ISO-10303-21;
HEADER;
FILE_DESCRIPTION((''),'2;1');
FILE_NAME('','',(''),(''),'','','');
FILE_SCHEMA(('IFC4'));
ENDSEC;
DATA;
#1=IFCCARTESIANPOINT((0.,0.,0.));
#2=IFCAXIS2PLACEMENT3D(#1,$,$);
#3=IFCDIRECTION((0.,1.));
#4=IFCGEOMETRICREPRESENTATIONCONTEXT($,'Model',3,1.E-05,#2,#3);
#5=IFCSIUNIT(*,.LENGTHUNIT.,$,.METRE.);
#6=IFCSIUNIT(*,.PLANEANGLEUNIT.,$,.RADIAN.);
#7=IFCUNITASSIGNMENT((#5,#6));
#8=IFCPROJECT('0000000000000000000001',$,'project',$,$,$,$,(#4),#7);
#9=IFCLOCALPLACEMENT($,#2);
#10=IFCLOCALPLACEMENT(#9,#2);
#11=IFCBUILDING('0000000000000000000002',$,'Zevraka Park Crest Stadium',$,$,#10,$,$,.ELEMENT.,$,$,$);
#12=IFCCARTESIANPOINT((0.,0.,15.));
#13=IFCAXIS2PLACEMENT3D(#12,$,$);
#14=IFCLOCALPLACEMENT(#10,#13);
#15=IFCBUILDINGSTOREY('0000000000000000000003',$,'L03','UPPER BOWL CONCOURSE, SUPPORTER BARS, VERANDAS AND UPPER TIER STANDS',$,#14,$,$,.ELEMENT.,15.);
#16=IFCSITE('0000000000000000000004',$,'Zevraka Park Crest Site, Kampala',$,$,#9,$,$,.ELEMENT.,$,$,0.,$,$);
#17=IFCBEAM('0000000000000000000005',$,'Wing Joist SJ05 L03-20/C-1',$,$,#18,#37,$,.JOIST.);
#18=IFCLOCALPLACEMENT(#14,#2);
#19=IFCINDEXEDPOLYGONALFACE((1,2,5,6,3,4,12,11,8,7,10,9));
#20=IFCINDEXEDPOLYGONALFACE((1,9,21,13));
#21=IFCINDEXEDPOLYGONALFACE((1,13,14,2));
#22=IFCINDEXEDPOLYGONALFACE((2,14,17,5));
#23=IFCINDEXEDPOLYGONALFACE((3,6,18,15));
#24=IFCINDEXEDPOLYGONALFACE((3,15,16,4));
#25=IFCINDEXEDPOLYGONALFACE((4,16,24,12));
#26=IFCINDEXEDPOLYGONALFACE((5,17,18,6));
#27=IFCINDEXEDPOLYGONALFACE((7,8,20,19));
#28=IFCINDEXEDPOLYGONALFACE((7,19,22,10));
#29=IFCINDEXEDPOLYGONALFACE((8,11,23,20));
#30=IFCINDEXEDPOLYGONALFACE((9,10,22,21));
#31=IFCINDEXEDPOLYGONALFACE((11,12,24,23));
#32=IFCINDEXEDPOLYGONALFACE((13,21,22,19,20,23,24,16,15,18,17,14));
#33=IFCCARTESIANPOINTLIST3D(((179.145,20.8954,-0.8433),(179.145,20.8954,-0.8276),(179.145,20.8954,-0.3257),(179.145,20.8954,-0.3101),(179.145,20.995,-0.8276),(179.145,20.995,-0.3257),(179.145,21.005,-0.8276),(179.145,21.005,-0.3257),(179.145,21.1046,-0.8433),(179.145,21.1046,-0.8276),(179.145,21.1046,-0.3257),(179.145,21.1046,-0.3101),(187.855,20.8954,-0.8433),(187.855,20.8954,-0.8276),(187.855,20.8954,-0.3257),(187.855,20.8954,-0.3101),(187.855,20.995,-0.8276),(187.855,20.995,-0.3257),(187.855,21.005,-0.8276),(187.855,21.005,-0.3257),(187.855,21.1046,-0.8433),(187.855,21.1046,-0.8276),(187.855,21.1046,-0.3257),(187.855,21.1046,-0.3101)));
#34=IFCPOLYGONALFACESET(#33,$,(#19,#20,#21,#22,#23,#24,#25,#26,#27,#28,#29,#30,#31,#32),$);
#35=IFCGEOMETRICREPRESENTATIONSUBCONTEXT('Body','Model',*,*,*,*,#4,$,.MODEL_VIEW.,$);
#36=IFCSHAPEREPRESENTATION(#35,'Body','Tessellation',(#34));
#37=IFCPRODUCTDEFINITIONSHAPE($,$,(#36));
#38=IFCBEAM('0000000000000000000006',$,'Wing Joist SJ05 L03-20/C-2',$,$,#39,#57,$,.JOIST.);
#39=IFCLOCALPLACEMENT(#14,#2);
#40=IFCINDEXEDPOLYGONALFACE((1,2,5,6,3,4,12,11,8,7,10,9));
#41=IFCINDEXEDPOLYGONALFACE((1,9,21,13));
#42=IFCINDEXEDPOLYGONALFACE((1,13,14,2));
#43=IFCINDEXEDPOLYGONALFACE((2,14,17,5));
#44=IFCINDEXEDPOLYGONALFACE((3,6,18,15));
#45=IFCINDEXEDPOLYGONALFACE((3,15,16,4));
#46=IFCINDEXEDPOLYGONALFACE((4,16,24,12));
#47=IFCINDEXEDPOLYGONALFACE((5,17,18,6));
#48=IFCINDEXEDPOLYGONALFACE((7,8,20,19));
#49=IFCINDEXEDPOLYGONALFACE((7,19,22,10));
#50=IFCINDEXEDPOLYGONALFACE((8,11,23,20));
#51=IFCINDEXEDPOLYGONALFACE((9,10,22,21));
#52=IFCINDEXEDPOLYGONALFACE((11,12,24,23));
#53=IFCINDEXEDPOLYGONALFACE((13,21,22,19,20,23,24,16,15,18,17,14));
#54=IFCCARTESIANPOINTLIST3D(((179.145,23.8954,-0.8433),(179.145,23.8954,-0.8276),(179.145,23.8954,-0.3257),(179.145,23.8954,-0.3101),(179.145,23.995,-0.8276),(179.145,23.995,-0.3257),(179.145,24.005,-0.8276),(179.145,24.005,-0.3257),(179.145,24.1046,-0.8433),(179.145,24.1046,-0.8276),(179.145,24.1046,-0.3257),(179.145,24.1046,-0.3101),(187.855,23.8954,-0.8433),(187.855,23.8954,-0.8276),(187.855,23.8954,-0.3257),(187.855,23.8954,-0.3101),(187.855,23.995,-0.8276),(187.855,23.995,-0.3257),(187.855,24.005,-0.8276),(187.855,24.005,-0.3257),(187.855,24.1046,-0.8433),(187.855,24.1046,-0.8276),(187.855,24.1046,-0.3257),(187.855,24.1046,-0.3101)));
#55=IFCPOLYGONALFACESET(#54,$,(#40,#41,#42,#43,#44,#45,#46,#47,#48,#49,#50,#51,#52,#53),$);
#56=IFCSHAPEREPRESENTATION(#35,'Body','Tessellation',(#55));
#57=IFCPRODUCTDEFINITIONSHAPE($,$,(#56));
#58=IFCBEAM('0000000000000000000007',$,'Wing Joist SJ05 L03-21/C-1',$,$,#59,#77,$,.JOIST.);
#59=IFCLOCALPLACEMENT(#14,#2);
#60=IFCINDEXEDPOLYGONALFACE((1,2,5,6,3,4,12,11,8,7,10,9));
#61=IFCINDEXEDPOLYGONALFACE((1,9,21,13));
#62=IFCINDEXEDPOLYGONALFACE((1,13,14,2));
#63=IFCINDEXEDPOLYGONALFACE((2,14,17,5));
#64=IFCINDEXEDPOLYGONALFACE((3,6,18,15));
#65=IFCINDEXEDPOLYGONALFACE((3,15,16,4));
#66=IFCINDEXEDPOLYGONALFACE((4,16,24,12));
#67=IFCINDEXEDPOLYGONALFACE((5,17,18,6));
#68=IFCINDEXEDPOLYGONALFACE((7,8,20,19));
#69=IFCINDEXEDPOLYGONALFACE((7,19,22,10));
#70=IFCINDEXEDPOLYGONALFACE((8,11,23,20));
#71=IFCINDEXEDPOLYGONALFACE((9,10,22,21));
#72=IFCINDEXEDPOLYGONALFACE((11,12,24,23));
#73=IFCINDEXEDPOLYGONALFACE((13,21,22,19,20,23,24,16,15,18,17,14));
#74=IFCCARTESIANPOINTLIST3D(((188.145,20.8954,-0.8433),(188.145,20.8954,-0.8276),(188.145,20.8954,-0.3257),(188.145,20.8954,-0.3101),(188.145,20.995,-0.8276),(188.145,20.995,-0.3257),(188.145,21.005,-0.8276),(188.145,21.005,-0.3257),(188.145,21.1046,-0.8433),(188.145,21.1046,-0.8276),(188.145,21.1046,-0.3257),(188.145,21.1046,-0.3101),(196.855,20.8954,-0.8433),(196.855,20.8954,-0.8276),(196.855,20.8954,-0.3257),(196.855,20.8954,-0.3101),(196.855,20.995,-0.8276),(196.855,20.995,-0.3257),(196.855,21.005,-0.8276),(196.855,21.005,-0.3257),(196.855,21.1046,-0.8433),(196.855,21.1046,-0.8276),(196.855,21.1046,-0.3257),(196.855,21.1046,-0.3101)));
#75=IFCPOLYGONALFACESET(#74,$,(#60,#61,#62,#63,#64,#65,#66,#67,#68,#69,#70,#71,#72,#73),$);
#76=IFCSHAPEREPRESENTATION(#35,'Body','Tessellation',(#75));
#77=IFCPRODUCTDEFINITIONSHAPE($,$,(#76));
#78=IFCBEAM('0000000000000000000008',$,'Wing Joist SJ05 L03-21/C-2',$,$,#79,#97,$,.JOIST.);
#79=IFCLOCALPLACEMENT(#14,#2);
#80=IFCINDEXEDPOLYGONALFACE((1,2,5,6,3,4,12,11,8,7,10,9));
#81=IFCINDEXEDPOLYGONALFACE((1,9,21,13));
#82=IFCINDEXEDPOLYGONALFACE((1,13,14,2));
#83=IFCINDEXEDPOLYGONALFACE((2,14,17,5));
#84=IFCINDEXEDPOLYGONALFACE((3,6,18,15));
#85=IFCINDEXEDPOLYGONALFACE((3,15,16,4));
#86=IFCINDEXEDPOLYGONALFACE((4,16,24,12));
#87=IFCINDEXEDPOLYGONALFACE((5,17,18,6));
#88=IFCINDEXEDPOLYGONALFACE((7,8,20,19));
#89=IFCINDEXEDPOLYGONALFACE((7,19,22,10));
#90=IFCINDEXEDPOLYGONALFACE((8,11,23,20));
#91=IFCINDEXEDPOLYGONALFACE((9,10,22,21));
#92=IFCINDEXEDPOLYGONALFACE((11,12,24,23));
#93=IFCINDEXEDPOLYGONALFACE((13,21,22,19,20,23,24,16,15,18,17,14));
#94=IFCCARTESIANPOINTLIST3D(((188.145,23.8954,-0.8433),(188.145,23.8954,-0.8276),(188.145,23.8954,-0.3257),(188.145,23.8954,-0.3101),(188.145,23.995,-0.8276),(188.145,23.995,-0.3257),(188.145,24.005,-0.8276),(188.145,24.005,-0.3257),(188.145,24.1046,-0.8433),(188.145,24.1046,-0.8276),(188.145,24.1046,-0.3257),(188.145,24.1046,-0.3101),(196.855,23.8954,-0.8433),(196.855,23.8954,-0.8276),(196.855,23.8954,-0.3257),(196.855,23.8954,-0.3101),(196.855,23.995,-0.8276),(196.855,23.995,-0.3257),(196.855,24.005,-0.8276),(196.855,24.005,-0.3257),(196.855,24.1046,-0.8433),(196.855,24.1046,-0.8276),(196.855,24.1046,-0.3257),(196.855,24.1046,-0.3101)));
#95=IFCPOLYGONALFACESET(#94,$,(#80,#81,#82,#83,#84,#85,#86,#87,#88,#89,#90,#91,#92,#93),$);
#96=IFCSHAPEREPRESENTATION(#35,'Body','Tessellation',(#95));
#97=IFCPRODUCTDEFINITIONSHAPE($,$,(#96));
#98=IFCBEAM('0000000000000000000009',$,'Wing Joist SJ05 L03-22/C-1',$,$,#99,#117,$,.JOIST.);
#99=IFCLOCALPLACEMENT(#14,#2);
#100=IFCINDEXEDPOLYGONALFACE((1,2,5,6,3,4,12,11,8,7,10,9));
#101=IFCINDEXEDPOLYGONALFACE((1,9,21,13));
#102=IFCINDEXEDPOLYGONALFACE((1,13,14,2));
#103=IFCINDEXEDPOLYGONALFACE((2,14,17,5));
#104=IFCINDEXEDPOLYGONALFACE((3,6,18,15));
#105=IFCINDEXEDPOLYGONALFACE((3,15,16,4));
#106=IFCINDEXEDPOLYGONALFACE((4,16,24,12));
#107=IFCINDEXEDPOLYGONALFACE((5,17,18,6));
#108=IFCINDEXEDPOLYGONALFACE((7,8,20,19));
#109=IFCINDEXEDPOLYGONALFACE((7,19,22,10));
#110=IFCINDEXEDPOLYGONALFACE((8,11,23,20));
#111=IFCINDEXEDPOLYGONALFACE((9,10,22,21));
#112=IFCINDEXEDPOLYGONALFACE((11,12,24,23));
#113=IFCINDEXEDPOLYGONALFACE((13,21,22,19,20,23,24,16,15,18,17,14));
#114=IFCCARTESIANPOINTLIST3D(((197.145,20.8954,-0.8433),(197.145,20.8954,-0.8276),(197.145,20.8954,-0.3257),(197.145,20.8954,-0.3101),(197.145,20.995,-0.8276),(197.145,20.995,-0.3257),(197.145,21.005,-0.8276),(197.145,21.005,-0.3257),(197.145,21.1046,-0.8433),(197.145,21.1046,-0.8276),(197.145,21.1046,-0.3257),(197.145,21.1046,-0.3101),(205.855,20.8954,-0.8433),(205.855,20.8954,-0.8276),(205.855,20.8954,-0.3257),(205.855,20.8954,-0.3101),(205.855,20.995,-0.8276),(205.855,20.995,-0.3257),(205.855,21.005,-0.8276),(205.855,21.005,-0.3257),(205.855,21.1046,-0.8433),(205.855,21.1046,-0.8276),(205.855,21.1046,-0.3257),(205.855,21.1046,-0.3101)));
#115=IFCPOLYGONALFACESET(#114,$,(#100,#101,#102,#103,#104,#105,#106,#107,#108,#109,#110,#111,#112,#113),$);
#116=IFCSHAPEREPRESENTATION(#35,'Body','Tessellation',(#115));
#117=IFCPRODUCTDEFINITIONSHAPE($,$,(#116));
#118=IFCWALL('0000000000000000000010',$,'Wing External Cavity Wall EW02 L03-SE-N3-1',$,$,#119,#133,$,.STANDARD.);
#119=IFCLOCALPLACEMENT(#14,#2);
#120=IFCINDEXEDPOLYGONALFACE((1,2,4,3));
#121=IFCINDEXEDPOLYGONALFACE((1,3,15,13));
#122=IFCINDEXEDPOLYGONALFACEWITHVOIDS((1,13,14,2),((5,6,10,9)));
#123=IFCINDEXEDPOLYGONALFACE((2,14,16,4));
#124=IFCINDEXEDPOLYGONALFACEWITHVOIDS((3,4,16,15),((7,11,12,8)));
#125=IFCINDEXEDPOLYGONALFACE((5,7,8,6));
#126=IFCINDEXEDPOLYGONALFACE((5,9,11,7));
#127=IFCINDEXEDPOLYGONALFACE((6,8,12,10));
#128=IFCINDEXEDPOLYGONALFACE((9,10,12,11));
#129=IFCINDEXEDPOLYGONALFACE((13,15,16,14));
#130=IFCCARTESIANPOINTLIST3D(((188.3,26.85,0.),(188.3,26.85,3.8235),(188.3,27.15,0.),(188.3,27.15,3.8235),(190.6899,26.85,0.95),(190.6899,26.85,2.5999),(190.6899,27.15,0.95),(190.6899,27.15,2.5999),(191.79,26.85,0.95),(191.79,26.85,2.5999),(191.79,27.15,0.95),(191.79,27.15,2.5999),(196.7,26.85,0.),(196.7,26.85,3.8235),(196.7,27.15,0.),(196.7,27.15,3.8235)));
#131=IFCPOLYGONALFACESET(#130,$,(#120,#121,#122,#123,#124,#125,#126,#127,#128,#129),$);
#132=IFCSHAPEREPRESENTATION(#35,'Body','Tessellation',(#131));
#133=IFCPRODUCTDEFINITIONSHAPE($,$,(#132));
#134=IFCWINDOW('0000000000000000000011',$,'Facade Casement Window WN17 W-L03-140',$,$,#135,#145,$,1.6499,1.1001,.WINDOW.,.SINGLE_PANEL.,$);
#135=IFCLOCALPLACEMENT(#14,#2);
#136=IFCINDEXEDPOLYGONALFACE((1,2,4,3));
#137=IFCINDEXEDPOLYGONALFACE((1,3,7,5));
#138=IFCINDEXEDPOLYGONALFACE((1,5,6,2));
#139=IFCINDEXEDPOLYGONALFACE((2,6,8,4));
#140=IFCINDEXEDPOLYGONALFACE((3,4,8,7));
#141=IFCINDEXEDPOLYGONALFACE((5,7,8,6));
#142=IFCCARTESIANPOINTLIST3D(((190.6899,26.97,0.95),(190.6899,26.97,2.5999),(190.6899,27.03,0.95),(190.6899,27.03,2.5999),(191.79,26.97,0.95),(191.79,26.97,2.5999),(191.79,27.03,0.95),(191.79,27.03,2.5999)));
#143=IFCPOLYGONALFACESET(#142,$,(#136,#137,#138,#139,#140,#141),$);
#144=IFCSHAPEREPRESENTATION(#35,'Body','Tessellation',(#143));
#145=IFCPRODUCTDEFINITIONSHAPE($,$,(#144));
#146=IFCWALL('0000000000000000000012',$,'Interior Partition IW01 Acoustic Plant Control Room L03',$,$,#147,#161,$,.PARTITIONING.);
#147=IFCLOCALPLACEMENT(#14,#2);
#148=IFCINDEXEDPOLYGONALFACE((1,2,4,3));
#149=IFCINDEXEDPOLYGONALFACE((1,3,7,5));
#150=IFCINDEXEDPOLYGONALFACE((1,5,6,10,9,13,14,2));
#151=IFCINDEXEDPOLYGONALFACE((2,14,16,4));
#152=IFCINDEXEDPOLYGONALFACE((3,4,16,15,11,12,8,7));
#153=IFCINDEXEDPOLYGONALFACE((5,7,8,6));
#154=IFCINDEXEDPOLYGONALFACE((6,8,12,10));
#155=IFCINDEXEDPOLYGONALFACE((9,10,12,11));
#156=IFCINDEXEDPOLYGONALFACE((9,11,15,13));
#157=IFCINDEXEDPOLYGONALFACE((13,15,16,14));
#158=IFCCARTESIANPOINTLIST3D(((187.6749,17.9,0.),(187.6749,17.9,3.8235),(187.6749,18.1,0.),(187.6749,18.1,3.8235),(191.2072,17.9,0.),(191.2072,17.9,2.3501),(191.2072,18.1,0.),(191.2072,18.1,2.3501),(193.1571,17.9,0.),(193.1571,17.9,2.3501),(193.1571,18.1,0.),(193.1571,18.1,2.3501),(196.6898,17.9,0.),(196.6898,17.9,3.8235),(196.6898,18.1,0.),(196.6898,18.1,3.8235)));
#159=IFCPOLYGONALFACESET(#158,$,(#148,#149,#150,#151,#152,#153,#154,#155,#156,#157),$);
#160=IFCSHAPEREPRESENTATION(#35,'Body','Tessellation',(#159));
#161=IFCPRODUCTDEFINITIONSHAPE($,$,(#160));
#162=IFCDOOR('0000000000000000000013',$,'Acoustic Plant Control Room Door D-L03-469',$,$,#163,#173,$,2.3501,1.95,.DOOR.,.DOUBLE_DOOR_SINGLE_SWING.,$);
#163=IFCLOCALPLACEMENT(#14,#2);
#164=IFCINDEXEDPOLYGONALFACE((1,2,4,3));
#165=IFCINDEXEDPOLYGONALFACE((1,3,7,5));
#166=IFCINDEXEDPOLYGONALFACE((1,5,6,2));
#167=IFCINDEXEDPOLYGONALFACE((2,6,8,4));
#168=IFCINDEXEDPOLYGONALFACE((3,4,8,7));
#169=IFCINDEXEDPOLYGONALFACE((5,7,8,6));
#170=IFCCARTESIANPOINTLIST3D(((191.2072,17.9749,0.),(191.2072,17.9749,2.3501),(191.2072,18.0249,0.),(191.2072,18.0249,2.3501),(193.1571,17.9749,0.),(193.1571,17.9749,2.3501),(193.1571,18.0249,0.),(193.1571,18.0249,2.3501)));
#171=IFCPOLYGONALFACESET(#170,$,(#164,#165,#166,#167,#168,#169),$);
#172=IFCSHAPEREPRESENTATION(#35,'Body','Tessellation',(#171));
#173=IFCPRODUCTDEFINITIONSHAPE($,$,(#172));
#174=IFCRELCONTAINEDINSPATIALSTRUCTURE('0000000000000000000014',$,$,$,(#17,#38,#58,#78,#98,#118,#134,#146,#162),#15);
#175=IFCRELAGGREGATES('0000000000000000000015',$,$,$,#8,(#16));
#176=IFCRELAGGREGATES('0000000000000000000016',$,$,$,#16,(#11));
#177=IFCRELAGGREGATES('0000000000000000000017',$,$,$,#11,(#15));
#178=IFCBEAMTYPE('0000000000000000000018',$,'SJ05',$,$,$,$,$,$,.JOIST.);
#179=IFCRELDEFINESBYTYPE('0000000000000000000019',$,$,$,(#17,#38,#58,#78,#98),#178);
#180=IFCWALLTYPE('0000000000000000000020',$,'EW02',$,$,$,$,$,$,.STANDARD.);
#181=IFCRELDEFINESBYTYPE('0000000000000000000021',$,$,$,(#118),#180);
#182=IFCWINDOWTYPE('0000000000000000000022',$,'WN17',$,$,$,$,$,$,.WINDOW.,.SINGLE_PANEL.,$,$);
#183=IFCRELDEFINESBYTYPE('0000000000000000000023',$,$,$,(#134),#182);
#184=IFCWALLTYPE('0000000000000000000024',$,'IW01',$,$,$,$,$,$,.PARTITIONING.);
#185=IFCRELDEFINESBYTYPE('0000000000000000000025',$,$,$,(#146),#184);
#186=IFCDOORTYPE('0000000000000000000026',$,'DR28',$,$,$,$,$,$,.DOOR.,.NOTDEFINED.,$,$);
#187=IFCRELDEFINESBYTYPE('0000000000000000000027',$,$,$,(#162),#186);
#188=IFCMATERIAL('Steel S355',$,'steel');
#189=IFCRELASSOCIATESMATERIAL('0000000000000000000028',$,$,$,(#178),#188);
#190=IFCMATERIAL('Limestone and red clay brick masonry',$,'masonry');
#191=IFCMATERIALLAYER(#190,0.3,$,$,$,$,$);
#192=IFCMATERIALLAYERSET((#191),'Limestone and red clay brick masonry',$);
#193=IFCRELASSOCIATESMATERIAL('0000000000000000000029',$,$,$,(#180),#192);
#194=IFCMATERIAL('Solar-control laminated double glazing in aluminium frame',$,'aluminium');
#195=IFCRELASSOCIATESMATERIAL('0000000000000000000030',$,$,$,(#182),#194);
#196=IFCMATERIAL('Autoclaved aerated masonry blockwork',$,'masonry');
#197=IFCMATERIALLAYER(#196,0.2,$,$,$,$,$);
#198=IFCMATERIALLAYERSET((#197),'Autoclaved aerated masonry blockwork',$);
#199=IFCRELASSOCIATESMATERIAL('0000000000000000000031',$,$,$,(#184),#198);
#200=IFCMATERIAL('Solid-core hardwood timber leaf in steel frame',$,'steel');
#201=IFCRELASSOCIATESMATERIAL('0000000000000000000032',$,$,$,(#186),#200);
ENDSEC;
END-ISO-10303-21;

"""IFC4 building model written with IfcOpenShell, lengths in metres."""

from ifc_helpers import new_model, si_unit, direction, frame, frame_2d, origin, origin_2d, place, context, subcontext, project, spatial, rectangle, i_section, extrude, material, layer, layer_set, material_profile, profile_set, type_object, element, fill, save


model = new_model("IFC4")

# Units and contexts
model_context = context("Model", 3, precision=1e-05, world=origin(), true_north=direction((0.0, 1.0)))
body_context = subcontext(model_context, "Body", "Model", "MODEL_VIEW")
ifc_project = project(units=[si_unit("LENGTHUNIT", "METRE"), si_unit("PLANEANGLEUNIT", "RADIAN")], contexts=[model_context])

# Site, building, storey
site_placement = place(None, origin())
site = spatial("IfcSite", under=ifc_project, at=site_placement, Name="Zevraka Park Crest Site, Kampala", CompositionType="ELEMENT", RefElevation=0.0)
building_placement = place(site_placement, origin())
building = spatial("IfcBuilding", under=site, at=building_placement, Name="Zevraka Park Crest Stadium", CompositionType="ELEMENT")
storey_placement = place(building_placement, frame((0.0, 0.0, 15.0)))
storey = spatial("IfcBuildingStorey", under=building, at=storey_placement, Name="L03", Description="UPPER BOWL CONCOURSE, SUPPORTER BARS, VERANDAS AND UPPER TIER STANDS", CompositionType="ELEMENT", Elevation=15.0)

# Beams
ifc_material_1 = material(Name="Steel S355", Category="steel")
ifc_material_profile_1 = material_profile(ifc_material_1, i_section(OverallWidth=0.2092, OverallDepth=0.5332, WebThickness=0.01, FlangeThickness=0.0156, at=origin_2d()), Name="UKB 533x210x92")
ifc_profile_set_1 = profile_set([ifc_material_profile_1], Name="Steel S355")
beam_type_1 = type_object("IfcBeamType", Name="SJ05", PredefinedType="JOIST", material=ifc_profile_set_1)
for number, where, z_axis, x_axis, name in (
    (1, (179.145, 21.0, -0.5767), (1.0, 0.0, 0.0), (0.0, 1.0, 0.0), "Wing Joist SJ05 L03-20/C-1"),
    (2, (179.145, 24.0, -0.5767), (1.0, 0.0, 0.0), (0.0, 1.0, 0.0), "Wing Joist SJ05 L03-20/C-2"),
    (3, (188.145, 21.0, -0.5767), (1.0, 0.0, 0.0), (0.0, 1.0, 0.0), "Wing Joist SJ05 L03-21/C-1"),
    (4, (188.145, 24.0, -0.5767), (1.0, 0.0, 0.0), (0.0, 1.0, 0.0), "Wing Joist SJ05 L03-21/C-2"),
    (5, (197.145, 21.0, -0.5767), (1.0, 0.0, 0.0), (0.0, 1.0, 0.0), "Wing Joist SJ05 L03-22/C-1"),
):
    element("IfcBeam", number, at=place(storey_placement, frame(where, z_axis=z_axis, x_axis=x_axis)), inside=storey, type_object=beam_type_1, Name=name, PredefinedType="JOIST", context=body_context, shape_type="SweptSolid", body=[
        extrude(i_section(OverallWidth=0.2092, OverallDepth=0.5332, WebThickness=0.01, FlangeThickness=0.0156, at=origin_2d()), origin(), (0.0, 0.0, 1.0), 8.71),
    ])

# Wall, opening, window
ifc_material_2 = material(Name="Limestone and red clay brick masonry", Category="masonry")
ifc_layer_1 = layer(ifc_material_2, 0.3)
ifc_layer_set_1 = layer_set([ifc_layer_1], Name="Limestone and red clay brick masonry")
wall_type_1 = type_object("IfcWallType", Name="EW02", PredefinedType="STANDARD", material=ifc_layer_set_1)
wall_1_placement = place(storey_placement, frame((188.3, 27.0, 0.0), z_axis=(0.0, 0.0, 1.0), x_axis=(1.0, 0.0, 0.0)))
wall_1 = element("IfcWall", 6, at=wall_1_placement, inside=storey, type_object=wall_type_1, Name="Wing External Cavity Wall EW02 L03-SE-N3-1", PredefinedType="STANDARD", context=body_context, shape_type="SweptSolid", body=[
    extrude(rectangle(XDim=8.3999, YDim=0.3, at=frame_2d((4.2, 0.0))), origin(), (0.0, 0.0, 1.0), 3.8235),
])
opening_1_placement = place(wall_1_placement, frame((2.3899, 0.0, 0.95)))
opening_1 = element("IfcOpeningElement", 7, at=opening_1_placement, cuts=wall_1, PredefinedType="OPENING", context=body_context, shape_type="SweptSolid", body=[
    extrude(rectangle(XDim=1.1001, YDim=1.6499, at=frame_2d((0.55, 0.825))), frame((0.0, 0.1599, 0.0), z_axis=(0.0, -1.0, 0.0), x_axis=(1.0, 0.0, 0.0)), (0.0, 0.0, 1.0), 0.3201),
])
ifc_material_3 = material(Name="Solar-control laminated double glazing in aluminium frame", Category="aluminium")
window_type = type_object("IfcWindowType", Name="WN17", PartitioningType="SINGLE_PANEL", PredefinedType="WINDOW", material=ifc_material_3)
window_placement = place(opening_1_placement, origin())
window = element("IfcWindow", 8, at=window_placement, inside=storey, type_object=window_type, Name="Facade Casement Window WN17 W-L03-140", OverallHeight=1.6499, OverallWidth=1.1001, PartitioningType="SINGLE_PANEL", PredefinedType="WINDOW", context=body_context, shape_type="SweptSolid", body=[
    extrude(rectangle(XDim=1.1001, YDim=1.6499, at=frame_2d((0.55, 0.825))), frame((0.0, 0.03, 0.0), z_axis=(0.0, -1.0, 0.0), x_axis=(1.0, 0.0, 0.0)), (0.0, 0.0, 1.0), 0.0601),
])
fill(opening_1, window)

# Wall, opening, door
ifc_material_4 = material(Name="Autoclaved aerated masonry blockwork", Category="masonry")
ifc_layer_2 = layer(ifc_material_4, 0.2)
ifc_layer_set_2 = layer_set([ifc_layer_2], Name="Autoclaved aerated masonry blockwork")
wall_type_2 = type_object("IfcWallType", Name="IW01", PredefinedType="PARTITIONING", material=ifc_layer_set_2)
wall_2_placement = place(storey_placement, frame((187.675, 18.0, 0.0), z_axis=(0.0, 0.0, 1.0), x_axis=(1.0, 0.0, 0.0)))
wall_2 = element("IfcWall", 9, at=wall_2_placement, inside=storey, type_object=wall_type_2, Name="Interior Partition IW01 Acoustic Plant Control Room L03", PredefinedType="PARTITIONING", context=body_context, shape_type="SweptSolid", body=[
    extrude(rectangle(XDim=9.0149, YDim=0.2, at=frame_2d((4.5073, 0.0))), origin(), (0.0, 0.0, 1.0), 3.8235),
])
opening_2_placement = place(wall_2_placement, frame((3.532, 0.0, 0.0)))
opening_2 = element("IfcOpeningElement", 10, at=opening_2_placement, cuts=wall_2, PredefinedType="OPENING", context=body_context, shape_type="SweptSolid", body=[
    extrude(rectangle(XDim=1.95, YDim=2.3501, at=frame_2d((0.9751, 1.175))), frame((0.0, 0.1099, 0.0), z_axis=(0.0, -1.0, 0.0), x_axis=(1.0, 0.0, 0.0)), (0.0, 0.0, 1.0), 0.22),
])
ifc_material_5 = material(Name="Solid-core hardwood timber leaf in steel frame", Category="steel")
door_type_1 = type_object("IfcDoorType", Name="DR28", OperationType="NOTDEFINED", PredefinedType="DOOR", material=ifc_material_5)
door_1_placement = place(opening_2_placement, origin())
door_1 = element("IfcDoor", 11, at=door_1_placement, inside=storey, type_object=door_type_1, Name="Acoustic Plant Control Room Door D-L03-469", OperationType="DOUBLE_DOOR_SINGLE_SWING", OverallHeight=2.3501, OverallWidth=1.95, PredefinedType="DOOR", context=body_context, shape_type="SweptSolid", body=[
    extrude(rectangle(XDim=1.95, YDim=2.3501, at=frame_2d((0.9751, 1.175))), frame((0.0, 0.0249, 0.0), z_axis=(0.0, -1.0, 0.0), x_axis=(1.0, 0.0, 0.0)), (0.0, 0.0, 1.0), 0.05),
])
fill(opening_2, door_1)

save(model, "model.ifc")
